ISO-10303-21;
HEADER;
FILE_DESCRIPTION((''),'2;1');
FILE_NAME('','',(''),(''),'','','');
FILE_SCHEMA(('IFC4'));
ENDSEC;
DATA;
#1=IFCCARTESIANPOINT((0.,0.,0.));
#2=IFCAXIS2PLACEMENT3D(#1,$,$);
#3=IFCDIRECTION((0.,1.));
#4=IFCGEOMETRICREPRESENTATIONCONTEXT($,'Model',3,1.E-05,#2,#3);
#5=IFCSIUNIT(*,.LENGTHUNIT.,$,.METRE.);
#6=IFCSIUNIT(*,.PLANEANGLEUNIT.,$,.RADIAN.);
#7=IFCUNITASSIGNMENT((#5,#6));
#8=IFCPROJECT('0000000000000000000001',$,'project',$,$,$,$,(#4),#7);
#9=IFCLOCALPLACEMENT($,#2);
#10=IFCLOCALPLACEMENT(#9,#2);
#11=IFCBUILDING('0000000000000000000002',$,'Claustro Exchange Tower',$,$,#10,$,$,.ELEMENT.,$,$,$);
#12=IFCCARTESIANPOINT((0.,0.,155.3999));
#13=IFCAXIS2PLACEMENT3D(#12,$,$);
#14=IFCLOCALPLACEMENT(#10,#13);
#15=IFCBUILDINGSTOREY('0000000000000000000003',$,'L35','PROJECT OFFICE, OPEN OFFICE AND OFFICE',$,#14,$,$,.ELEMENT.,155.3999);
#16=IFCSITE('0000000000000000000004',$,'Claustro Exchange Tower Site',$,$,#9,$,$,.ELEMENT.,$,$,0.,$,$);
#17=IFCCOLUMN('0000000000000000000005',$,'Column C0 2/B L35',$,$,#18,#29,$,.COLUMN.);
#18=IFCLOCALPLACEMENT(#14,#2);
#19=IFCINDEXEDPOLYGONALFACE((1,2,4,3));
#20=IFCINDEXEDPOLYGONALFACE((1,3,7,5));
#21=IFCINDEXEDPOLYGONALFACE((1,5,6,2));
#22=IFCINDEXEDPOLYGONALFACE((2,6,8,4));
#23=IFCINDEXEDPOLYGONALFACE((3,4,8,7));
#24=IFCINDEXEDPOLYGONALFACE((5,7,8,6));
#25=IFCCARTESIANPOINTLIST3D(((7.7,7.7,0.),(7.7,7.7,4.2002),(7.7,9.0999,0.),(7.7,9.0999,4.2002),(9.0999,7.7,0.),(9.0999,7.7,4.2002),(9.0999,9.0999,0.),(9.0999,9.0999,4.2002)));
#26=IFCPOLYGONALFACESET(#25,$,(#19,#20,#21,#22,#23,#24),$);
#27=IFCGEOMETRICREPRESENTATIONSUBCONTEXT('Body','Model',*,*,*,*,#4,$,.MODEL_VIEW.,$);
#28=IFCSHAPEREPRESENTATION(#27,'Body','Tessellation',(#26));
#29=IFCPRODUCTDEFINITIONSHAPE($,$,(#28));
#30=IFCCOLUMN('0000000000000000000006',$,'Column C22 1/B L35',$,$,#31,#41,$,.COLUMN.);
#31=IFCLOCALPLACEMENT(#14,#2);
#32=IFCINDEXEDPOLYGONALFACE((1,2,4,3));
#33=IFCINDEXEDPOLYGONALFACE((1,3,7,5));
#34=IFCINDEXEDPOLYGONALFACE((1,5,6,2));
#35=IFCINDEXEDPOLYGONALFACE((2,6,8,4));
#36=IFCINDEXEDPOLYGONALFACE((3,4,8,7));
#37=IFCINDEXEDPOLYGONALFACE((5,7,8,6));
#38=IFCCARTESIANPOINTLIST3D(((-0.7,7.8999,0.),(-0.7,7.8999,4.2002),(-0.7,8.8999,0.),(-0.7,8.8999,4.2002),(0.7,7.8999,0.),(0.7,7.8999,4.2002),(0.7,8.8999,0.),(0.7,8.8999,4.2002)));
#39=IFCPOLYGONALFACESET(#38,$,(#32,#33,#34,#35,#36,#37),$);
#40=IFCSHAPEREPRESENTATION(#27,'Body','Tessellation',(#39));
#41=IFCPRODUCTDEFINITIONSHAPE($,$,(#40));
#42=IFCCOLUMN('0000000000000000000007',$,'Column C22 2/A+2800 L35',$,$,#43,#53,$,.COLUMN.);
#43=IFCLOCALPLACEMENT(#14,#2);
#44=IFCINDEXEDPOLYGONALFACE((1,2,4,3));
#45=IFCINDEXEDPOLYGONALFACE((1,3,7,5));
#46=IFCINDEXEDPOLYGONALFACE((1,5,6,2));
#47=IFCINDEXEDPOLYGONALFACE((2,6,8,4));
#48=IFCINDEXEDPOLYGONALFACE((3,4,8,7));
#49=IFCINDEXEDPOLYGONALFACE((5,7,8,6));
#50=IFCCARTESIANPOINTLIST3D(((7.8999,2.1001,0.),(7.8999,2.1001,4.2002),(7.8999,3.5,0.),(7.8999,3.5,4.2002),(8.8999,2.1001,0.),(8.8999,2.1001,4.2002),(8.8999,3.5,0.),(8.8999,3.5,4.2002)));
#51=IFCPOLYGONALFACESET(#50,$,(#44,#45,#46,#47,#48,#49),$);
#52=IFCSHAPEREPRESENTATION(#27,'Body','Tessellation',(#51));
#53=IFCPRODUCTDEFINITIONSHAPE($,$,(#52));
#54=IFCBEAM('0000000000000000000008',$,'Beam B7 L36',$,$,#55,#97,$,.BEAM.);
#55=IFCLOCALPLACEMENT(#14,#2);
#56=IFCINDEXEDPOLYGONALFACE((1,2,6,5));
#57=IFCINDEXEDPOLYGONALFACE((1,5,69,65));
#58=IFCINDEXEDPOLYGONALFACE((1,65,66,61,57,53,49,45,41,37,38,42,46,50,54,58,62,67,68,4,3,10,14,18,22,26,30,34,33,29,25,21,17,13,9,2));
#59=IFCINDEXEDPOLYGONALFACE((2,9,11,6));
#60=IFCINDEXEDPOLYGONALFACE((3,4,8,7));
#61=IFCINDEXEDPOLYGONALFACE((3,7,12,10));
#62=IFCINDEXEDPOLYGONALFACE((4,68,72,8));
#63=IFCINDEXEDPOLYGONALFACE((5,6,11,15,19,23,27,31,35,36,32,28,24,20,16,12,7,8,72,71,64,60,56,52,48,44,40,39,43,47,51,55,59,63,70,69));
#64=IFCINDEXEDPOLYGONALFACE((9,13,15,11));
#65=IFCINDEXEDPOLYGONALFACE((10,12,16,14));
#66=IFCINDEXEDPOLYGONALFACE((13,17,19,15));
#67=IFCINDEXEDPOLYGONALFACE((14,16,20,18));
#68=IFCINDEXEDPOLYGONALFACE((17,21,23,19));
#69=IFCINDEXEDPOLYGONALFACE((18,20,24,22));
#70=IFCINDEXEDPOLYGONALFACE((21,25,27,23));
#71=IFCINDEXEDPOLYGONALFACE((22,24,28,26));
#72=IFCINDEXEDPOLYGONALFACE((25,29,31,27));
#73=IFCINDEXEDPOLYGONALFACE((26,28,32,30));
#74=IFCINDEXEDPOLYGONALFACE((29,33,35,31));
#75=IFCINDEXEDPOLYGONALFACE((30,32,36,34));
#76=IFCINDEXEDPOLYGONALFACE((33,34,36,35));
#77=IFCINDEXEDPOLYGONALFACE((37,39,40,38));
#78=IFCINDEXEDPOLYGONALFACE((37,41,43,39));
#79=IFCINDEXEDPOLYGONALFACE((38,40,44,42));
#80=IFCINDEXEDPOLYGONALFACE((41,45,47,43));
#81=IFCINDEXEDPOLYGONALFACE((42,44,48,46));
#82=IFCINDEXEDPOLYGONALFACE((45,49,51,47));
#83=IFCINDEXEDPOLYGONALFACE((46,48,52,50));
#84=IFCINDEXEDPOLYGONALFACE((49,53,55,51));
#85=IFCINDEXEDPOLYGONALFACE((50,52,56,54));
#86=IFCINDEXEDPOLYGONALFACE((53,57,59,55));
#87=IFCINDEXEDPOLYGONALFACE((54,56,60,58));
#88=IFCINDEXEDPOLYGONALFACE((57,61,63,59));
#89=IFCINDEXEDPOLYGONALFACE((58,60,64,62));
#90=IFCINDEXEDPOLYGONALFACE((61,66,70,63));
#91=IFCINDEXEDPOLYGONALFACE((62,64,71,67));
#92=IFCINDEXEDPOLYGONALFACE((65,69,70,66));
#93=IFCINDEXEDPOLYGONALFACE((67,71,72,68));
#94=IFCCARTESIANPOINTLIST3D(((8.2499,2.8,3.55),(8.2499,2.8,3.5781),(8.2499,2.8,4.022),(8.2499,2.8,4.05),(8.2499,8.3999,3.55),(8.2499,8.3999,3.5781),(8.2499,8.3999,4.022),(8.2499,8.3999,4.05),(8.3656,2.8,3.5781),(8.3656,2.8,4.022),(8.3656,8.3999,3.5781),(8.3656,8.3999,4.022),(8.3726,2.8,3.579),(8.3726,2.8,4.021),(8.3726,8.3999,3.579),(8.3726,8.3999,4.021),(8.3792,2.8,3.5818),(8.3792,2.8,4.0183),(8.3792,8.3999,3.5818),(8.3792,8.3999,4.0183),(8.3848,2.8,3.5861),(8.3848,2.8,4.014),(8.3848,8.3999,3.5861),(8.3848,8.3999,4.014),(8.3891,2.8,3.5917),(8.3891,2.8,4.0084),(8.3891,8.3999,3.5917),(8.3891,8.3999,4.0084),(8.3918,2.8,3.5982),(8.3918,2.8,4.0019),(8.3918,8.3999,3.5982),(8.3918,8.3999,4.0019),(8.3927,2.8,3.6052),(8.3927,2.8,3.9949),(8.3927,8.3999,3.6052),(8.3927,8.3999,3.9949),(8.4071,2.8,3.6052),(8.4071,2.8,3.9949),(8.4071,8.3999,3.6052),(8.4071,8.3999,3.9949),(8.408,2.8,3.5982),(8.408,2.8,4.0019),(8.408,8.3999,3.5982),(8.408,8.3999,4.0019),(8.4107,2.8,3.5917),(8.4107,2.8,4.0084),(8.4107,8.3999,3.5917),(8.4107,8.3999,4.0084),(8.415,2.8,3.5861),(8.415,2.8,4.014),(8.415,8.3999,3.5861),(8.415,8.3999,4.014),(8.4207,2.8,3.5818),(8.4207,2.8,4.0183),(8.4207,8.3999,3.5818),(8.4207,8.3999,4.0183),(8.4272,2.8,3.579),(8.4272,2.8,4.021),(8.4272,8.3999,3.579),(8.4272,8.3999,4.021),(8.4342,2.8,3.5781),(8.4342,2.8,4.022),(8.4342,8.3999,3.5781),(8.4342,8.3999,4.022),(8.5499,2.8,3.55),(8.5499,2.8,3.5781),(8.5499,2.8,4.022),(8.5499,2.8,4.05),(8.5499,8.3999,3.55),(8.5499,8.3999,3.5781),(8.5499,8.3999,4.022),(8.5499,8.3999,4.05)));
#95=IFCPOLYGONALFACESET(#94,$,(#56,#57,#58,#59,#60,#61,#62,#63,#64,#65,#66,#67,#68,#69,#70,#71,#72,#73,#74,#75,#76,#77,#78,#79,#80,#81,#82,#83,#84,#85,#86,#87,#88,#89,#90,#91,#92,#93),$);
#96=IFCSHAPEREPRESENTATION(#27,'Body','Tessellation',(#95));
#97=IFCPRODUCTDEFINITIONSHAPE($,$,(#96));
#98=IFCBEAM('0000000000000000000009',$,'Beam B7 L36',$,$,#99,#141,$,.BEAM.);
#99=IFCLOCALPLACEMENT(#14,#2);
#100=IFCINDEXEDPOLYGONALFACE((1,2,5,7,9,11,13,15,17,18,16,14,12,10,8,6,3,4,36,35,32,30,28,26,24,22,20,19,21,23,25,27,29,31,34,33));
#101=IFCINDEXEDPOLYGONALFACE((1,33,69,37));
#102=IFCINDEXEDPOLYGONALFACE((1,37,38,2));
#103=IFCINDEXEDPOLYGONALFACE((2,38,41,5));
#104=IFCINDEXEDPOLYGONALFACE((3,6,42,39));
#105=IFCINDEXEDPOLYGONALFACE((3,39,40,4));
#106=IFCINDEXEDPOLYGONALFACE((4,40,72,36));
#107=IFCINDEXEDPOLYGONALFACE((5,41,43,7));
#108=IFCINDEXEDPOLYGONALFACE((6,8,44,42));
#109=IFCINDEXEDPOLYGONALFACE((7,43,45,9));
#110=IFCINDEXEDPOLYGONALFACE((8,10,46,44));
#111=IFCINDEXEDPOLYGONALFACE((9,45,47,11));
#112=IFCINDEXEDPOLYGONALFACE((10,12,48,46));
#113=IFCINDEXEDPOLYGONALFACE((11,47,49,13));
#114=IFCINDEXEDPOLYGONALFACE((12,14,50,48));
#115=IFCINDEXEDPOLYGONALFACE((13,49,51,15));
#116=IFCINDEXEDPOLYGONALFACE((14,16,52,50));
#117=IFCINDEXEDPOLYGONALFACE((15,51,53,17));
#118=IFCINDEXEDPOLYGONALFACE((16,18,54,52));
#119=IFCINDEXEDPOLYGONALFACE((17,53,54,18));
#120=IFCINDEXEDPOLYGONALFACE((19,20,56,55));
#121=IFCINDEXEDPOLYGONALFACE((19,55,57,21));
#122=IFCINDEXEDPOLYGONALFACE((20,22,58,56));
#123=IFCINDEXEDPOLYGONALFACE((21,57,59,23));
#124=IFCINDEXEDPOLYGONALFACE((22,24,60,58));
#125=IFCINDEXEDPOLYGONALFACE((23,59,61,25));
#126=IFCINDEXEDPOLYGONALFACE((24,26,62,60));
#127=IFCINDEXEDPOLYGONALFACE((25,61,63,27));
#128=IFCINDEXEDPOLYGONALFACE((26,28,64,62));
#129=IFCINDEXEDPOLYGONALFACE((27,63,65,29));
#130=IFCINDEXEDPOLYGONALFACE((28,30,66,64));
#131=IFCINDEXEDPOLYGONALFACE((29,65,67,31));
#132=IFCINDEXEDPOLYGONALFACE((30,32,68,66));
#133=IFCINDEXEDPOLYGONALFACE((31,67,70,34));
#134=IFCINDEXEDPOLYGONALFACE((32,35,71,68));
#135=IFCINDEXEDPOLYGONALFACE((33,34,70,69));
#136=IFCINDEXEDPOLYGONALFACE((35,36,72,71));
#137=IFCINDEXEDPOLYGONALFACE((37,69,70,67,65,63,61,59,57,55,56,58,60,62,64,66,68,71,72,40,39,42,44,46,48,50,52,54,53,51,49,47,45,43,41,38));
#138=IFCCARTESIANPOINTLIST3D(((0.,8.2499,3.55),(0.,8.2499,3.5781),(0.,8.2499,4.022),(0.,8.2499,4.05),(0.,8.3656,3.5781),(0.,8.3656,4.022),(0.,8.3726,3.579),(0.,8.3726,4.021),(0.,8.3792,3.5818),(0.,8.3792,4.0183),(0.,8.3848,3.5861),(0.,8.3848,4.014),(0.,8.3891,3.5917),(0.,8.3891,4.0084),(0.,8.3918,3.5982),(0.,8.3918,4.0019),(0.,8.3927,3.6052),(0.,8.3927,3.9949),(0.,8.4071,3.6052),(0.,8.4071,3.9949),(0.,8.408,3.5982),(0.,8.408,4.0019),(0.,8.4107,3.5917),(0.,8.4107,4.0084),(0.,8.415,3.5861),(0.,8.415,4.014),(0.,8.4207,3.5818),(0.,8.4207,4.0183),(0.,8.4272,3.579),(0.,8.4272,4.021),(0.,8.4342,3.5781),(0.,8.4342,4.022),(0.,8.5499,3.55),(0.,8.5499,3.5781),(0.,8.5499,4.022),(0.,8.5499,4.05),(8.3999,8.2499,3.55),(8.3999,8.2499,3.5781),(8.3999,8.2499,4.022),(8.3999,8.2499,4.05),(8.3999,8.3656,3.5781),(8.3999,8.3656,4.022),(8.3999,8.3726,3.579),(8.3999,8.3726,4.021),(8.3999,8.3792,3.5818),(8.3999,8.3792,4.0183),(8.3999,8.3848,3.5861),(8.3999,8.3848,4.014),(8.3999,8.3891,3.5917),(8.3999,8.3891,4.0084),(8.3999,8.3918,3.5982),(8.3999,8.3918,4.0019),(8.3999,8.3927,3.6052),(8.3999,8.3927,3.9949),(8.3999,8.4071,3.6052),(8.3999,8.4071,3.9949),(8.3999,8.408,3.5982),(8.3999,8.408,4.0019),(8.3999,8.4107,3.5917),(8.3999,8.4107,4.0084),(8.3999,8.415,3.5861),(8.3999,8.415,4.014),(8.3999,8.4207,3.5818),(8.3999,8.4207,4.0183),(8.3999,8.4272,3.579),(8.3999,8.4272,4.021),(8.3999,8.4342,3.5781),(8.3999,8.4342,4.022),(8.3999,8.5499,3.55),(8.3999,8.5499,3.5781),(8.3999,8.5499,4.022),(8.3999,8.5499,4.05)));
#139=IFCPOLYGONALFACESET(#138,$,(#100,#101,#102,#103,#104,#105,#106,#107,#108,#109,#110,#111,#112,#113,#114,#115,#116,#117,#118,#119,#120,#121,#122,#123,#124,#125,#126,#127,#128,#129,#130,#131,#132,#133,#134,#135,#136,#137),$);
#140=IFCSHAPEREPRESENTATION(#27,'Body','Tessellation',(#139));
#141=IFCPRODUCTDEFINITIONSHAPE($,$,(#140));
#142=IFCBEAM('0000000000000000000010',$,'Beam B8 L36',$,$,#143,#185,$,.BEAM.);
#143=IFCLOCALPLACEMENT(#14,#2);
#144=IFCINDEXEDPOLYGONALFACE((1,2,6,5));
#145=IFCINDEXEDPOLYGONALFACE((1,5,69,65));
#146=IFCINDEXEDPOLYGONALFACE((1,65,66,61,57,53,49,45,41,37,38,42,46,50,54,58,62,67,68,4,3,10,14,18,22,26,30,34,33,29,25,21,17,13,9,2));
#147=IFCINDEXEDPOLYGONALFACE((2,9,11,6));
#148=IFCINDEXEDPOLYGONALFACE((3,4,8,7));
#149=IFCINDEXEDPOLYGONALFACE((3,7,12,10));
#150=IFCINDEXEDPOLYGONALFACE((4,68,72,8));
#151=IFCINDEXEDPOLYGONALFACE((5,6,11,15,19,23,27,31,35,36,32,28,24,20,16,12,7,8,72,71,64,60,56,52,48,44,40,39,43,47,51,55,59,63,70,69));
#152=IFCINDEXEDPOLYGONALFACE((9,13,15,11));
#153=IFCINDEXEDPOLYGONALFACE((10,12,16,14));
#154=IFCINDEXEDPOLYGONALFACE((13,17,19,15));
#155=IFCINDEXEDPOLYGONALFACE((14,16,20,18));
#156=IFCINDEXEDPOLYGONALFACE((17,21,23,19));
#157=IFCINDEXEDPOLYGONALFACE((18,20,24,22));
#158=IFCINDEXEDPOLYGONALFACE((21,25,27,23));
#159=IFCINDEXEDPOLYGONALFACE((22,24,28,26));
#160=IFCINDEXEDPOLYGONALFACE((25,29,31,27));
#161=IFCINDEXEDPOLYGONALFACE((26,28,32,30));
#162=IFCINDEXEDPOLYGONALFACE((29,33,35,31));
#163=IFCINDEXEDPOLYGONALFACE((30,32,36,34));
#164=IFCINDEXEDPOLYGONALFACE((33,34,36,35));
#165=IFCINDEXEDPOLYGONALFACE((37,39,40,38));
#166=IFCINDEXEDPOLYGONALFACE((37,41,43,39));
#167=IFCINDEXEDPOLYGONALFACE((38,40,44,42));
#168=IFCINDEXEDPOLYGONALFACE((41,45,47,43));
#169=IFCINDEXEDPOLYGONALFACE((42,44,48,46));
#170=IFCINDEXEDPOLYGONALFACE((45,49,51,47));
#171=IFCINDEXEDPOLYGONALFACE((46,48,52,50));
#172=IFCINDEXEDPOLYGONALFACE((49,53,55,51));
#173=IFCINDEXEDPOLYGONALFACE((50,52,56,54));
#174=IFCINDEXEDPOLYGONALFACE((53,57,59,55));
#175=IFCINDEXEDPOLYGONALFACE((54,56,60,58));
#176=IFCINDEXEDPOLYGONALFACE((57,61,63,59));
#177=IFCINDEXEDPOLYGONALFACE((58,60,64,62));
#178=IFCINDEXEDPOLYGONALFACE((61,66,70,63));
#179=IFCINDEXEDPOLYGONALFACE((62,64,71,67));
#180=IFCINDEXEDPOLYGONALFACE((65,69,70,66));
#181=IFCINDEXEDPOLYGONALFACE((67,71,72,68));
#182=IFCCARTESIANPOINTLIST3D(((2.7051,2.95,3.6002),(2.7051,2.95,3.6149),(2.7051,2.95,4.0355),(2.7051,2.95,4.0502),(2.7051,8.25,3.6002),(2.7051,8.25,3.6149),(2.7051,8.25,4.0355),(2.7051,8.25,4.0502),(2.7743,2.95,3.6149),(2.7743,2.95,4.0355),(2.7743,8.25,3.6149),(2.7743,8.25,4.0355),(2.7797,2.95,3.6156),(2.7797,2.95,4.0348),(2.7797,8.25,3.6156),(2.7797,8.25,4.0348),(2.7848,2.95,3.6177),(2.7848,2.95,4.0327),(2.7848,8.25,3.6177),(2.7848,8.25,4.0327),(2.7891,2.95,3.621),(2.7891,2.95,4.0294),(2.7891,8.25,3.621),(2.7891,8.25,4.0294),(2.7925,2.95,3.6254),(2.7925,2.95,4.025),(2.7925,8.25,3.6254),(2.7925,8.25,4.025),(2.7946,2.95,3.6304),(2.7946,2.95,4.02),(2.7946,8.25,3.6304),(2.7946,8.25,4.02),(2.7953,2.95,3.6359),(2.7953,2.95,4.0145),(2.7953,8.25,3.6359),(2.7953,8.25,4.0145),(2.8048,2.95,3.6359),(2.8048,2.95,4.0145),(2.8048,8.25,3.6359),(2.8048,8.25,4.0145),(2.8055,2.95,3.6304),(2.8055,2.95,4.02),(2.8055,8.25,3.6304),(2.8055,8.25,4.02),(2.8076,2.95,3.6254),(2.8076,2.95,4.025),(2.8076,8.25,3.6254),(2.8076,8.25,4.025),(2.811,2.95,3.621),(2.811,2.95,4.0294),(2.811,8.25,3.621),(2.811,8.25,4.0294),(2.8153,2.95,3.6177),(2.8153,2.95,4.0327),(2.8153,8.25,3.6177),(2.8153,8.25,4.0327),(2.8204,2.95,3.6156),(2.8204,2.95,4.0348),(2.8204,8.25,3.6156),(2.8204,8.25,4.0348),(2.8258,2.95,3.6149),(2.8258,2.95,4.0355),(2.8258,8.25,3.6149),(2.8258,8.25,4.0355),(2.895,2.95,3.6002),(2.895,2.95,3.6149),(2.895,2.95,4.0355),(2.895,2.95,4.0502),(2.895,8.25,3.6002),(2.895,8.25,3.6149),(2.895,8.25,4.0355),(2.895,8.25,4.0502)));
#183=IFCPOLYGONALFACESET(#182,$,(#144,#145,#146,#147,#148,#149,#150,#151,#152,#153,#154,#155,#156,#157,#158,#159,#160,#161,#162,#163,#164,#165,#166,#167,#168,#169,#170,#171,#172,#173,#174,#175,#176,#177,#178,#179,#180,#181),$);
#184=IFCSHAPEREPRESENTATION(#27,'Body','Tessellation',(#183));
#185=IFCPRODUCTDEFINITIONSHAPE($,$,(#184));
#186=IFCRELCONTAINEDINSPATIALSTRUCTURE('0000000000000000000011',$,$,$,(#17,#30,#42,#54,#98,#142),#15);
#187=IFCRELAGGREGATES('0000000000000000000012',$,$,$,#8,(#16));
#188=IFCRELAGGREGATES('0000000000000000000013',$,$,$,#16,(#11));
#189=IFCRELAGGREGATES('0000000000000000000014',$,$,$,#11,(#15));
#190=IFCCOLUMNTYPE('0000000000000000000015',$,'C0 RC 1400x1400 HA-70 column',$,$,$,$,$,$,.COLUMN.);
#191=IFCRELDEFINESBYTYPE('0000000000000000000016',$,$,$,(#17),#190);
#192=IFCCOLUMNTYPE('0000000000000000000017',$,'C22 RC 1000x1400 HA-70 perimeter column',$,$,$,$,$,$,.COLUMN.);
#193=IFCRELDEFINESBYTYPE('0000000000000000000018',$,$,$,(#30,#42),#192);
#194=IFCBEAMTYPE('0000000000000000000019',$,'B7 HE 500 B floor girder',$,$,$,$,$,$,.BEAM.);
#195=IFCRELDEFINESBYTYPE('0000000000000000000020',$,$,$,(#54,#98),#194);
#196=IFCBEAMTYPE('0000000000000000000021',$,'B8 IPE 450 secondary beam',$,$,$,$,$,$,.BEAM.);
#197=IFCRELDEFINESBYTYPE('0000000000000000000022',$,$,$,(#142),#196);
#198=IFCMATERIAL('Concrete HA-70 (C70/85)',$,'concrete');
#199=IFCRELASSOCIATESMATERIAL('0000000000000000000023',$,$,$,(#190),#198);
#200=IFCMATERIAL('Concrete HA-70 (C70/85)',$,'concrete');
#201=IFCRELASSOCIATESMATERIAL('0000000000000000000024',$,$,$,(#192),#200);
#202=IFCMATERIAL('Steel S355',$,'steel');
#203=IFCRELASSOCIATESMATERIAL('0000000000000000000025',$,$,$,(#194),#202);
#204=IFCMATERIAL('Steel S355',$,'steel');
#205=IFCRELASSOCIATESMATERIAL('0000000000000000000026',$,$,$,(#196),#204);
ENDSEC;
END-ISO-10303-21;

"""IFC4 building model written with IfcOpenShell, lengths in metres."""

from ifc_helpers import new_model, si_unit, direction, frame, origin, origin_2d, place, context, subcontext, project, spatial, rectangle, i_section, extrude, material, material_profile, profile_set, type_object, element, save


model = new_model("IFC4")

# Units and contexts
model_context = context("Model", 3, precision=1e-05, world=origin(), true_north=direction((0.0, 1.0)))
body_context = subcontext(model_context, "Body", "Model", "MODEL_VIEW")
ifc_project = project(units=[si_unit("LENGTHUNIT", "METRE"), si_unit("PLANEANGLEUNIT", "RADIAN")], contexts=[model_context])

# Site, building, storey
site_placement = place(None, origin())
site = spatial("IfcSite", under=ifc_project, at=site_placement, Name="Claustro Exchange Tower Site", CompositionType="ELEMENT", RefElevation=0.0)
building_placement = place(site_placement, origin())
building = spatial("IfcBuilding", under=site, at=building_placement, Name="Claustro Exchange Tower", CompositionType="ELEMENT")
storey_placement = place(building_placement, frame((0.0, 0.0, 155.3999)))
storey = spatial("IfcBuildingStorey", under=building, at=storey_placement, Name="L35", Description="PROJECT OFFICE, OPEN OFFICE AND OFFICE", CompositionType="ELEMENT", Elevation=155.3999)

# Columns
ifc_material_1 = material(Name="Concrete HA-70 (C70/85)", Category="concrete")
ifc_material_profile_1 = material_profile(ifc_material_1, rectangle(XDim=1.3999, YDim=1.3999, at=origin_2d()), Name="RC 1400x1400")
ifc_profile_set_1 = profile_set([ifc_material_profile_1], Name="Concrete HA-70 (C70/85)")
column_type_1 = type_object("IfcColumnType", Name="C0 RC 1400x1400 HA-70 column", PredefinedType="COLUMN", material=ifc_profile_set_1)
column_placement = place(storey_placement, frame((8.3999, 8.3999, 0.0), z_axis=(0.0, 0.0, 1.0), x_axis=(1.0, 0.0, 0.0)))
element("IfcColumn", 1, at=column_placement, inside=storey, type_object=column_type_1, Name="Column C0 2/B L35", PredefinedType="COLUMN", context=body_context, shape_type="SweptSolid", body=[
    extrude(rectangle(XDim=1.3999, YDim=1.3999, at=origin_2d()), origin(), (0.0, 0.0, 1.0), 4.2002),
])
ifc_material_2 = material(Name="Concrete HA-70 (C70/85)", Category="concrete")
ifc_material_profile_2 = material_profile(ifc_material_2, rectangle(XDim=1.0, YDim=1.3999, at=origin_2d()), Name="RC 1000x1400")
ifc_profile_set_2 = profile_set([ifc_material_profile_2], Name="Concrete HA-70 (C70/85)")
column_type_2 = type_object("IfcColumnType", Name="C22 RC 1000x1400 HA-70 perimeter column", PredefinedType="COLUMN", material=ifc_profile_set_2)
for number, where, z_axis, x_axis, name in (
    (2, (0.0, 8.3999, 0.0), (0.0, 0.0, 1.0), (0.0, 1.0, 0.0), "Column C22 1/B L35"),
    (3, (8.3999, 2.8, 0.0), (0.0, 0.0, 1.0), (1.0, 0.0, 0.0), "Column C22 2/A+2800 L35"),
):
    element("IfcColumn", number, at=place(storey_placement, frame(where, z_axis=z_axis, x_axis=x_axis)), inside=storey, type_object=column_type_2, Name=name, PredefinedType="COLUMN", context=body_context, shape_type="SweptSolid", body=[
        extrude(rectangle(XDim=1.0, YDim=1.3999, at=origin_2d()), origin(), (0.0, 0.0, 1.0), 4.2002),
    ])

# Beams
ifc_material_3 = material(Name="Steel S355", Category="steel")
ifc_material_profile_3 = material_profile(ifc_material_3, i_section(OverallWidth=0.3, OverallDepth=0.5, WebThickness=0.0144, FlangeThickness=0.0281, FilletRadius=0.0271, at=origin_2d()), Name="HE 500 B")
ifc_profile_set_3 = profile_set([ifc_material_profile_3], Name="Steel S355")
beam_type_1 = type_object("IfcBeamType", Name="B7 HE 500 B floor girder", PredefinedType="BEAM", material=ifc_profile_set_3)
beam_1_placement = place(storey_placement, frame((8.3999, 2.8, 3.8), z_axis=(0.0, 1.0, 0.0), x_axis=(-1.0, 0.0, 0.0)))
element("IfcBeam", 4, at=beam_1_placement, inside=storey, type_object=beam_type_1, Name="Beam B7 L36", PredefinedType="BEAM", context=body_context, shape_type="SweptSolid", body=[
    extrude(i_section(OverallWidth=0.3, OverallDepth=0.5, WebThickness=0.0144, FlangeThickness=0.0281, FilletRadius=0.0271, at=origin_2d()), origin(), (0.0, 0.0, 1.0), 5.5999),
])
beam_2_placement = place(storey_placement, frame((0.0, 8.3999, 3.8), z_axis=(1.0, 0.0, 0.0), x_axis=(0.0, 1.0, 0.0)))
element("IfcBeam", 5, at=beam_2_placement, inside=storey, type_object=beam_type_1, Name="Beam B7 L36", PredefinedType="BEAM", context=body_context, shape_type="SweptSolid", body=[
    extrude(i_section(OverallWidth=0.3, OverallDepth=0.5, WebThickness=0.0144, FlangeThickness=0.0281, FilletRadius=0.0271, at=origin_2d()), origin(), (0.0, 0.0, 1.0), 8.3999),
])
ifc_material_4 = material(Name="Steel S355", Category="steel")
ifc_material_profile_4 = material_profile(ifc_material_4, i_section(OverallWidth=0.1899, OverallDepth=0.45, WebThickness=0.0095, FlangeThickness=0.0146, FilletRadius=0.021, at=origin_2d()), Name="IPE 450")
ifc_profile_set_4 = profile_set([ifc_material_profile_4], Name="Steel S355")
beam_type_2 = type_object("IfcBeamType", Name="B8 IPE 450 secondary beam", PredefinedType="BEAM", material=ifc_profile_set_4)
for number, where, z_axis, x_axis, name in (
    (6, (2.8, 2.95, 3.8252), (0.0, 1.0, 0.0), (-1.0, 0.0, 0.0), "Beam B8 L36"),
):
    element("IfcBeam", number, at=place(storey_placement, frame(where, z_axis=z_axis, x_axis=x_axis)), inside=storey, type_object=beam_type_2, Name=name, PredefinedType="BEAM", context=body_context, shape_type="SweptSolid", body=[
        extrude(i_section(OverallWidth=0.1899, OverallDepth=0.45, WebThickness=0.0095, FlangeThickness=0.0146, FilletRadius=0.021, at=origin_2d()), origin(), (0.0, 0.0, 1.0), 5.3),
    ])

save(model, "model.ifc")
